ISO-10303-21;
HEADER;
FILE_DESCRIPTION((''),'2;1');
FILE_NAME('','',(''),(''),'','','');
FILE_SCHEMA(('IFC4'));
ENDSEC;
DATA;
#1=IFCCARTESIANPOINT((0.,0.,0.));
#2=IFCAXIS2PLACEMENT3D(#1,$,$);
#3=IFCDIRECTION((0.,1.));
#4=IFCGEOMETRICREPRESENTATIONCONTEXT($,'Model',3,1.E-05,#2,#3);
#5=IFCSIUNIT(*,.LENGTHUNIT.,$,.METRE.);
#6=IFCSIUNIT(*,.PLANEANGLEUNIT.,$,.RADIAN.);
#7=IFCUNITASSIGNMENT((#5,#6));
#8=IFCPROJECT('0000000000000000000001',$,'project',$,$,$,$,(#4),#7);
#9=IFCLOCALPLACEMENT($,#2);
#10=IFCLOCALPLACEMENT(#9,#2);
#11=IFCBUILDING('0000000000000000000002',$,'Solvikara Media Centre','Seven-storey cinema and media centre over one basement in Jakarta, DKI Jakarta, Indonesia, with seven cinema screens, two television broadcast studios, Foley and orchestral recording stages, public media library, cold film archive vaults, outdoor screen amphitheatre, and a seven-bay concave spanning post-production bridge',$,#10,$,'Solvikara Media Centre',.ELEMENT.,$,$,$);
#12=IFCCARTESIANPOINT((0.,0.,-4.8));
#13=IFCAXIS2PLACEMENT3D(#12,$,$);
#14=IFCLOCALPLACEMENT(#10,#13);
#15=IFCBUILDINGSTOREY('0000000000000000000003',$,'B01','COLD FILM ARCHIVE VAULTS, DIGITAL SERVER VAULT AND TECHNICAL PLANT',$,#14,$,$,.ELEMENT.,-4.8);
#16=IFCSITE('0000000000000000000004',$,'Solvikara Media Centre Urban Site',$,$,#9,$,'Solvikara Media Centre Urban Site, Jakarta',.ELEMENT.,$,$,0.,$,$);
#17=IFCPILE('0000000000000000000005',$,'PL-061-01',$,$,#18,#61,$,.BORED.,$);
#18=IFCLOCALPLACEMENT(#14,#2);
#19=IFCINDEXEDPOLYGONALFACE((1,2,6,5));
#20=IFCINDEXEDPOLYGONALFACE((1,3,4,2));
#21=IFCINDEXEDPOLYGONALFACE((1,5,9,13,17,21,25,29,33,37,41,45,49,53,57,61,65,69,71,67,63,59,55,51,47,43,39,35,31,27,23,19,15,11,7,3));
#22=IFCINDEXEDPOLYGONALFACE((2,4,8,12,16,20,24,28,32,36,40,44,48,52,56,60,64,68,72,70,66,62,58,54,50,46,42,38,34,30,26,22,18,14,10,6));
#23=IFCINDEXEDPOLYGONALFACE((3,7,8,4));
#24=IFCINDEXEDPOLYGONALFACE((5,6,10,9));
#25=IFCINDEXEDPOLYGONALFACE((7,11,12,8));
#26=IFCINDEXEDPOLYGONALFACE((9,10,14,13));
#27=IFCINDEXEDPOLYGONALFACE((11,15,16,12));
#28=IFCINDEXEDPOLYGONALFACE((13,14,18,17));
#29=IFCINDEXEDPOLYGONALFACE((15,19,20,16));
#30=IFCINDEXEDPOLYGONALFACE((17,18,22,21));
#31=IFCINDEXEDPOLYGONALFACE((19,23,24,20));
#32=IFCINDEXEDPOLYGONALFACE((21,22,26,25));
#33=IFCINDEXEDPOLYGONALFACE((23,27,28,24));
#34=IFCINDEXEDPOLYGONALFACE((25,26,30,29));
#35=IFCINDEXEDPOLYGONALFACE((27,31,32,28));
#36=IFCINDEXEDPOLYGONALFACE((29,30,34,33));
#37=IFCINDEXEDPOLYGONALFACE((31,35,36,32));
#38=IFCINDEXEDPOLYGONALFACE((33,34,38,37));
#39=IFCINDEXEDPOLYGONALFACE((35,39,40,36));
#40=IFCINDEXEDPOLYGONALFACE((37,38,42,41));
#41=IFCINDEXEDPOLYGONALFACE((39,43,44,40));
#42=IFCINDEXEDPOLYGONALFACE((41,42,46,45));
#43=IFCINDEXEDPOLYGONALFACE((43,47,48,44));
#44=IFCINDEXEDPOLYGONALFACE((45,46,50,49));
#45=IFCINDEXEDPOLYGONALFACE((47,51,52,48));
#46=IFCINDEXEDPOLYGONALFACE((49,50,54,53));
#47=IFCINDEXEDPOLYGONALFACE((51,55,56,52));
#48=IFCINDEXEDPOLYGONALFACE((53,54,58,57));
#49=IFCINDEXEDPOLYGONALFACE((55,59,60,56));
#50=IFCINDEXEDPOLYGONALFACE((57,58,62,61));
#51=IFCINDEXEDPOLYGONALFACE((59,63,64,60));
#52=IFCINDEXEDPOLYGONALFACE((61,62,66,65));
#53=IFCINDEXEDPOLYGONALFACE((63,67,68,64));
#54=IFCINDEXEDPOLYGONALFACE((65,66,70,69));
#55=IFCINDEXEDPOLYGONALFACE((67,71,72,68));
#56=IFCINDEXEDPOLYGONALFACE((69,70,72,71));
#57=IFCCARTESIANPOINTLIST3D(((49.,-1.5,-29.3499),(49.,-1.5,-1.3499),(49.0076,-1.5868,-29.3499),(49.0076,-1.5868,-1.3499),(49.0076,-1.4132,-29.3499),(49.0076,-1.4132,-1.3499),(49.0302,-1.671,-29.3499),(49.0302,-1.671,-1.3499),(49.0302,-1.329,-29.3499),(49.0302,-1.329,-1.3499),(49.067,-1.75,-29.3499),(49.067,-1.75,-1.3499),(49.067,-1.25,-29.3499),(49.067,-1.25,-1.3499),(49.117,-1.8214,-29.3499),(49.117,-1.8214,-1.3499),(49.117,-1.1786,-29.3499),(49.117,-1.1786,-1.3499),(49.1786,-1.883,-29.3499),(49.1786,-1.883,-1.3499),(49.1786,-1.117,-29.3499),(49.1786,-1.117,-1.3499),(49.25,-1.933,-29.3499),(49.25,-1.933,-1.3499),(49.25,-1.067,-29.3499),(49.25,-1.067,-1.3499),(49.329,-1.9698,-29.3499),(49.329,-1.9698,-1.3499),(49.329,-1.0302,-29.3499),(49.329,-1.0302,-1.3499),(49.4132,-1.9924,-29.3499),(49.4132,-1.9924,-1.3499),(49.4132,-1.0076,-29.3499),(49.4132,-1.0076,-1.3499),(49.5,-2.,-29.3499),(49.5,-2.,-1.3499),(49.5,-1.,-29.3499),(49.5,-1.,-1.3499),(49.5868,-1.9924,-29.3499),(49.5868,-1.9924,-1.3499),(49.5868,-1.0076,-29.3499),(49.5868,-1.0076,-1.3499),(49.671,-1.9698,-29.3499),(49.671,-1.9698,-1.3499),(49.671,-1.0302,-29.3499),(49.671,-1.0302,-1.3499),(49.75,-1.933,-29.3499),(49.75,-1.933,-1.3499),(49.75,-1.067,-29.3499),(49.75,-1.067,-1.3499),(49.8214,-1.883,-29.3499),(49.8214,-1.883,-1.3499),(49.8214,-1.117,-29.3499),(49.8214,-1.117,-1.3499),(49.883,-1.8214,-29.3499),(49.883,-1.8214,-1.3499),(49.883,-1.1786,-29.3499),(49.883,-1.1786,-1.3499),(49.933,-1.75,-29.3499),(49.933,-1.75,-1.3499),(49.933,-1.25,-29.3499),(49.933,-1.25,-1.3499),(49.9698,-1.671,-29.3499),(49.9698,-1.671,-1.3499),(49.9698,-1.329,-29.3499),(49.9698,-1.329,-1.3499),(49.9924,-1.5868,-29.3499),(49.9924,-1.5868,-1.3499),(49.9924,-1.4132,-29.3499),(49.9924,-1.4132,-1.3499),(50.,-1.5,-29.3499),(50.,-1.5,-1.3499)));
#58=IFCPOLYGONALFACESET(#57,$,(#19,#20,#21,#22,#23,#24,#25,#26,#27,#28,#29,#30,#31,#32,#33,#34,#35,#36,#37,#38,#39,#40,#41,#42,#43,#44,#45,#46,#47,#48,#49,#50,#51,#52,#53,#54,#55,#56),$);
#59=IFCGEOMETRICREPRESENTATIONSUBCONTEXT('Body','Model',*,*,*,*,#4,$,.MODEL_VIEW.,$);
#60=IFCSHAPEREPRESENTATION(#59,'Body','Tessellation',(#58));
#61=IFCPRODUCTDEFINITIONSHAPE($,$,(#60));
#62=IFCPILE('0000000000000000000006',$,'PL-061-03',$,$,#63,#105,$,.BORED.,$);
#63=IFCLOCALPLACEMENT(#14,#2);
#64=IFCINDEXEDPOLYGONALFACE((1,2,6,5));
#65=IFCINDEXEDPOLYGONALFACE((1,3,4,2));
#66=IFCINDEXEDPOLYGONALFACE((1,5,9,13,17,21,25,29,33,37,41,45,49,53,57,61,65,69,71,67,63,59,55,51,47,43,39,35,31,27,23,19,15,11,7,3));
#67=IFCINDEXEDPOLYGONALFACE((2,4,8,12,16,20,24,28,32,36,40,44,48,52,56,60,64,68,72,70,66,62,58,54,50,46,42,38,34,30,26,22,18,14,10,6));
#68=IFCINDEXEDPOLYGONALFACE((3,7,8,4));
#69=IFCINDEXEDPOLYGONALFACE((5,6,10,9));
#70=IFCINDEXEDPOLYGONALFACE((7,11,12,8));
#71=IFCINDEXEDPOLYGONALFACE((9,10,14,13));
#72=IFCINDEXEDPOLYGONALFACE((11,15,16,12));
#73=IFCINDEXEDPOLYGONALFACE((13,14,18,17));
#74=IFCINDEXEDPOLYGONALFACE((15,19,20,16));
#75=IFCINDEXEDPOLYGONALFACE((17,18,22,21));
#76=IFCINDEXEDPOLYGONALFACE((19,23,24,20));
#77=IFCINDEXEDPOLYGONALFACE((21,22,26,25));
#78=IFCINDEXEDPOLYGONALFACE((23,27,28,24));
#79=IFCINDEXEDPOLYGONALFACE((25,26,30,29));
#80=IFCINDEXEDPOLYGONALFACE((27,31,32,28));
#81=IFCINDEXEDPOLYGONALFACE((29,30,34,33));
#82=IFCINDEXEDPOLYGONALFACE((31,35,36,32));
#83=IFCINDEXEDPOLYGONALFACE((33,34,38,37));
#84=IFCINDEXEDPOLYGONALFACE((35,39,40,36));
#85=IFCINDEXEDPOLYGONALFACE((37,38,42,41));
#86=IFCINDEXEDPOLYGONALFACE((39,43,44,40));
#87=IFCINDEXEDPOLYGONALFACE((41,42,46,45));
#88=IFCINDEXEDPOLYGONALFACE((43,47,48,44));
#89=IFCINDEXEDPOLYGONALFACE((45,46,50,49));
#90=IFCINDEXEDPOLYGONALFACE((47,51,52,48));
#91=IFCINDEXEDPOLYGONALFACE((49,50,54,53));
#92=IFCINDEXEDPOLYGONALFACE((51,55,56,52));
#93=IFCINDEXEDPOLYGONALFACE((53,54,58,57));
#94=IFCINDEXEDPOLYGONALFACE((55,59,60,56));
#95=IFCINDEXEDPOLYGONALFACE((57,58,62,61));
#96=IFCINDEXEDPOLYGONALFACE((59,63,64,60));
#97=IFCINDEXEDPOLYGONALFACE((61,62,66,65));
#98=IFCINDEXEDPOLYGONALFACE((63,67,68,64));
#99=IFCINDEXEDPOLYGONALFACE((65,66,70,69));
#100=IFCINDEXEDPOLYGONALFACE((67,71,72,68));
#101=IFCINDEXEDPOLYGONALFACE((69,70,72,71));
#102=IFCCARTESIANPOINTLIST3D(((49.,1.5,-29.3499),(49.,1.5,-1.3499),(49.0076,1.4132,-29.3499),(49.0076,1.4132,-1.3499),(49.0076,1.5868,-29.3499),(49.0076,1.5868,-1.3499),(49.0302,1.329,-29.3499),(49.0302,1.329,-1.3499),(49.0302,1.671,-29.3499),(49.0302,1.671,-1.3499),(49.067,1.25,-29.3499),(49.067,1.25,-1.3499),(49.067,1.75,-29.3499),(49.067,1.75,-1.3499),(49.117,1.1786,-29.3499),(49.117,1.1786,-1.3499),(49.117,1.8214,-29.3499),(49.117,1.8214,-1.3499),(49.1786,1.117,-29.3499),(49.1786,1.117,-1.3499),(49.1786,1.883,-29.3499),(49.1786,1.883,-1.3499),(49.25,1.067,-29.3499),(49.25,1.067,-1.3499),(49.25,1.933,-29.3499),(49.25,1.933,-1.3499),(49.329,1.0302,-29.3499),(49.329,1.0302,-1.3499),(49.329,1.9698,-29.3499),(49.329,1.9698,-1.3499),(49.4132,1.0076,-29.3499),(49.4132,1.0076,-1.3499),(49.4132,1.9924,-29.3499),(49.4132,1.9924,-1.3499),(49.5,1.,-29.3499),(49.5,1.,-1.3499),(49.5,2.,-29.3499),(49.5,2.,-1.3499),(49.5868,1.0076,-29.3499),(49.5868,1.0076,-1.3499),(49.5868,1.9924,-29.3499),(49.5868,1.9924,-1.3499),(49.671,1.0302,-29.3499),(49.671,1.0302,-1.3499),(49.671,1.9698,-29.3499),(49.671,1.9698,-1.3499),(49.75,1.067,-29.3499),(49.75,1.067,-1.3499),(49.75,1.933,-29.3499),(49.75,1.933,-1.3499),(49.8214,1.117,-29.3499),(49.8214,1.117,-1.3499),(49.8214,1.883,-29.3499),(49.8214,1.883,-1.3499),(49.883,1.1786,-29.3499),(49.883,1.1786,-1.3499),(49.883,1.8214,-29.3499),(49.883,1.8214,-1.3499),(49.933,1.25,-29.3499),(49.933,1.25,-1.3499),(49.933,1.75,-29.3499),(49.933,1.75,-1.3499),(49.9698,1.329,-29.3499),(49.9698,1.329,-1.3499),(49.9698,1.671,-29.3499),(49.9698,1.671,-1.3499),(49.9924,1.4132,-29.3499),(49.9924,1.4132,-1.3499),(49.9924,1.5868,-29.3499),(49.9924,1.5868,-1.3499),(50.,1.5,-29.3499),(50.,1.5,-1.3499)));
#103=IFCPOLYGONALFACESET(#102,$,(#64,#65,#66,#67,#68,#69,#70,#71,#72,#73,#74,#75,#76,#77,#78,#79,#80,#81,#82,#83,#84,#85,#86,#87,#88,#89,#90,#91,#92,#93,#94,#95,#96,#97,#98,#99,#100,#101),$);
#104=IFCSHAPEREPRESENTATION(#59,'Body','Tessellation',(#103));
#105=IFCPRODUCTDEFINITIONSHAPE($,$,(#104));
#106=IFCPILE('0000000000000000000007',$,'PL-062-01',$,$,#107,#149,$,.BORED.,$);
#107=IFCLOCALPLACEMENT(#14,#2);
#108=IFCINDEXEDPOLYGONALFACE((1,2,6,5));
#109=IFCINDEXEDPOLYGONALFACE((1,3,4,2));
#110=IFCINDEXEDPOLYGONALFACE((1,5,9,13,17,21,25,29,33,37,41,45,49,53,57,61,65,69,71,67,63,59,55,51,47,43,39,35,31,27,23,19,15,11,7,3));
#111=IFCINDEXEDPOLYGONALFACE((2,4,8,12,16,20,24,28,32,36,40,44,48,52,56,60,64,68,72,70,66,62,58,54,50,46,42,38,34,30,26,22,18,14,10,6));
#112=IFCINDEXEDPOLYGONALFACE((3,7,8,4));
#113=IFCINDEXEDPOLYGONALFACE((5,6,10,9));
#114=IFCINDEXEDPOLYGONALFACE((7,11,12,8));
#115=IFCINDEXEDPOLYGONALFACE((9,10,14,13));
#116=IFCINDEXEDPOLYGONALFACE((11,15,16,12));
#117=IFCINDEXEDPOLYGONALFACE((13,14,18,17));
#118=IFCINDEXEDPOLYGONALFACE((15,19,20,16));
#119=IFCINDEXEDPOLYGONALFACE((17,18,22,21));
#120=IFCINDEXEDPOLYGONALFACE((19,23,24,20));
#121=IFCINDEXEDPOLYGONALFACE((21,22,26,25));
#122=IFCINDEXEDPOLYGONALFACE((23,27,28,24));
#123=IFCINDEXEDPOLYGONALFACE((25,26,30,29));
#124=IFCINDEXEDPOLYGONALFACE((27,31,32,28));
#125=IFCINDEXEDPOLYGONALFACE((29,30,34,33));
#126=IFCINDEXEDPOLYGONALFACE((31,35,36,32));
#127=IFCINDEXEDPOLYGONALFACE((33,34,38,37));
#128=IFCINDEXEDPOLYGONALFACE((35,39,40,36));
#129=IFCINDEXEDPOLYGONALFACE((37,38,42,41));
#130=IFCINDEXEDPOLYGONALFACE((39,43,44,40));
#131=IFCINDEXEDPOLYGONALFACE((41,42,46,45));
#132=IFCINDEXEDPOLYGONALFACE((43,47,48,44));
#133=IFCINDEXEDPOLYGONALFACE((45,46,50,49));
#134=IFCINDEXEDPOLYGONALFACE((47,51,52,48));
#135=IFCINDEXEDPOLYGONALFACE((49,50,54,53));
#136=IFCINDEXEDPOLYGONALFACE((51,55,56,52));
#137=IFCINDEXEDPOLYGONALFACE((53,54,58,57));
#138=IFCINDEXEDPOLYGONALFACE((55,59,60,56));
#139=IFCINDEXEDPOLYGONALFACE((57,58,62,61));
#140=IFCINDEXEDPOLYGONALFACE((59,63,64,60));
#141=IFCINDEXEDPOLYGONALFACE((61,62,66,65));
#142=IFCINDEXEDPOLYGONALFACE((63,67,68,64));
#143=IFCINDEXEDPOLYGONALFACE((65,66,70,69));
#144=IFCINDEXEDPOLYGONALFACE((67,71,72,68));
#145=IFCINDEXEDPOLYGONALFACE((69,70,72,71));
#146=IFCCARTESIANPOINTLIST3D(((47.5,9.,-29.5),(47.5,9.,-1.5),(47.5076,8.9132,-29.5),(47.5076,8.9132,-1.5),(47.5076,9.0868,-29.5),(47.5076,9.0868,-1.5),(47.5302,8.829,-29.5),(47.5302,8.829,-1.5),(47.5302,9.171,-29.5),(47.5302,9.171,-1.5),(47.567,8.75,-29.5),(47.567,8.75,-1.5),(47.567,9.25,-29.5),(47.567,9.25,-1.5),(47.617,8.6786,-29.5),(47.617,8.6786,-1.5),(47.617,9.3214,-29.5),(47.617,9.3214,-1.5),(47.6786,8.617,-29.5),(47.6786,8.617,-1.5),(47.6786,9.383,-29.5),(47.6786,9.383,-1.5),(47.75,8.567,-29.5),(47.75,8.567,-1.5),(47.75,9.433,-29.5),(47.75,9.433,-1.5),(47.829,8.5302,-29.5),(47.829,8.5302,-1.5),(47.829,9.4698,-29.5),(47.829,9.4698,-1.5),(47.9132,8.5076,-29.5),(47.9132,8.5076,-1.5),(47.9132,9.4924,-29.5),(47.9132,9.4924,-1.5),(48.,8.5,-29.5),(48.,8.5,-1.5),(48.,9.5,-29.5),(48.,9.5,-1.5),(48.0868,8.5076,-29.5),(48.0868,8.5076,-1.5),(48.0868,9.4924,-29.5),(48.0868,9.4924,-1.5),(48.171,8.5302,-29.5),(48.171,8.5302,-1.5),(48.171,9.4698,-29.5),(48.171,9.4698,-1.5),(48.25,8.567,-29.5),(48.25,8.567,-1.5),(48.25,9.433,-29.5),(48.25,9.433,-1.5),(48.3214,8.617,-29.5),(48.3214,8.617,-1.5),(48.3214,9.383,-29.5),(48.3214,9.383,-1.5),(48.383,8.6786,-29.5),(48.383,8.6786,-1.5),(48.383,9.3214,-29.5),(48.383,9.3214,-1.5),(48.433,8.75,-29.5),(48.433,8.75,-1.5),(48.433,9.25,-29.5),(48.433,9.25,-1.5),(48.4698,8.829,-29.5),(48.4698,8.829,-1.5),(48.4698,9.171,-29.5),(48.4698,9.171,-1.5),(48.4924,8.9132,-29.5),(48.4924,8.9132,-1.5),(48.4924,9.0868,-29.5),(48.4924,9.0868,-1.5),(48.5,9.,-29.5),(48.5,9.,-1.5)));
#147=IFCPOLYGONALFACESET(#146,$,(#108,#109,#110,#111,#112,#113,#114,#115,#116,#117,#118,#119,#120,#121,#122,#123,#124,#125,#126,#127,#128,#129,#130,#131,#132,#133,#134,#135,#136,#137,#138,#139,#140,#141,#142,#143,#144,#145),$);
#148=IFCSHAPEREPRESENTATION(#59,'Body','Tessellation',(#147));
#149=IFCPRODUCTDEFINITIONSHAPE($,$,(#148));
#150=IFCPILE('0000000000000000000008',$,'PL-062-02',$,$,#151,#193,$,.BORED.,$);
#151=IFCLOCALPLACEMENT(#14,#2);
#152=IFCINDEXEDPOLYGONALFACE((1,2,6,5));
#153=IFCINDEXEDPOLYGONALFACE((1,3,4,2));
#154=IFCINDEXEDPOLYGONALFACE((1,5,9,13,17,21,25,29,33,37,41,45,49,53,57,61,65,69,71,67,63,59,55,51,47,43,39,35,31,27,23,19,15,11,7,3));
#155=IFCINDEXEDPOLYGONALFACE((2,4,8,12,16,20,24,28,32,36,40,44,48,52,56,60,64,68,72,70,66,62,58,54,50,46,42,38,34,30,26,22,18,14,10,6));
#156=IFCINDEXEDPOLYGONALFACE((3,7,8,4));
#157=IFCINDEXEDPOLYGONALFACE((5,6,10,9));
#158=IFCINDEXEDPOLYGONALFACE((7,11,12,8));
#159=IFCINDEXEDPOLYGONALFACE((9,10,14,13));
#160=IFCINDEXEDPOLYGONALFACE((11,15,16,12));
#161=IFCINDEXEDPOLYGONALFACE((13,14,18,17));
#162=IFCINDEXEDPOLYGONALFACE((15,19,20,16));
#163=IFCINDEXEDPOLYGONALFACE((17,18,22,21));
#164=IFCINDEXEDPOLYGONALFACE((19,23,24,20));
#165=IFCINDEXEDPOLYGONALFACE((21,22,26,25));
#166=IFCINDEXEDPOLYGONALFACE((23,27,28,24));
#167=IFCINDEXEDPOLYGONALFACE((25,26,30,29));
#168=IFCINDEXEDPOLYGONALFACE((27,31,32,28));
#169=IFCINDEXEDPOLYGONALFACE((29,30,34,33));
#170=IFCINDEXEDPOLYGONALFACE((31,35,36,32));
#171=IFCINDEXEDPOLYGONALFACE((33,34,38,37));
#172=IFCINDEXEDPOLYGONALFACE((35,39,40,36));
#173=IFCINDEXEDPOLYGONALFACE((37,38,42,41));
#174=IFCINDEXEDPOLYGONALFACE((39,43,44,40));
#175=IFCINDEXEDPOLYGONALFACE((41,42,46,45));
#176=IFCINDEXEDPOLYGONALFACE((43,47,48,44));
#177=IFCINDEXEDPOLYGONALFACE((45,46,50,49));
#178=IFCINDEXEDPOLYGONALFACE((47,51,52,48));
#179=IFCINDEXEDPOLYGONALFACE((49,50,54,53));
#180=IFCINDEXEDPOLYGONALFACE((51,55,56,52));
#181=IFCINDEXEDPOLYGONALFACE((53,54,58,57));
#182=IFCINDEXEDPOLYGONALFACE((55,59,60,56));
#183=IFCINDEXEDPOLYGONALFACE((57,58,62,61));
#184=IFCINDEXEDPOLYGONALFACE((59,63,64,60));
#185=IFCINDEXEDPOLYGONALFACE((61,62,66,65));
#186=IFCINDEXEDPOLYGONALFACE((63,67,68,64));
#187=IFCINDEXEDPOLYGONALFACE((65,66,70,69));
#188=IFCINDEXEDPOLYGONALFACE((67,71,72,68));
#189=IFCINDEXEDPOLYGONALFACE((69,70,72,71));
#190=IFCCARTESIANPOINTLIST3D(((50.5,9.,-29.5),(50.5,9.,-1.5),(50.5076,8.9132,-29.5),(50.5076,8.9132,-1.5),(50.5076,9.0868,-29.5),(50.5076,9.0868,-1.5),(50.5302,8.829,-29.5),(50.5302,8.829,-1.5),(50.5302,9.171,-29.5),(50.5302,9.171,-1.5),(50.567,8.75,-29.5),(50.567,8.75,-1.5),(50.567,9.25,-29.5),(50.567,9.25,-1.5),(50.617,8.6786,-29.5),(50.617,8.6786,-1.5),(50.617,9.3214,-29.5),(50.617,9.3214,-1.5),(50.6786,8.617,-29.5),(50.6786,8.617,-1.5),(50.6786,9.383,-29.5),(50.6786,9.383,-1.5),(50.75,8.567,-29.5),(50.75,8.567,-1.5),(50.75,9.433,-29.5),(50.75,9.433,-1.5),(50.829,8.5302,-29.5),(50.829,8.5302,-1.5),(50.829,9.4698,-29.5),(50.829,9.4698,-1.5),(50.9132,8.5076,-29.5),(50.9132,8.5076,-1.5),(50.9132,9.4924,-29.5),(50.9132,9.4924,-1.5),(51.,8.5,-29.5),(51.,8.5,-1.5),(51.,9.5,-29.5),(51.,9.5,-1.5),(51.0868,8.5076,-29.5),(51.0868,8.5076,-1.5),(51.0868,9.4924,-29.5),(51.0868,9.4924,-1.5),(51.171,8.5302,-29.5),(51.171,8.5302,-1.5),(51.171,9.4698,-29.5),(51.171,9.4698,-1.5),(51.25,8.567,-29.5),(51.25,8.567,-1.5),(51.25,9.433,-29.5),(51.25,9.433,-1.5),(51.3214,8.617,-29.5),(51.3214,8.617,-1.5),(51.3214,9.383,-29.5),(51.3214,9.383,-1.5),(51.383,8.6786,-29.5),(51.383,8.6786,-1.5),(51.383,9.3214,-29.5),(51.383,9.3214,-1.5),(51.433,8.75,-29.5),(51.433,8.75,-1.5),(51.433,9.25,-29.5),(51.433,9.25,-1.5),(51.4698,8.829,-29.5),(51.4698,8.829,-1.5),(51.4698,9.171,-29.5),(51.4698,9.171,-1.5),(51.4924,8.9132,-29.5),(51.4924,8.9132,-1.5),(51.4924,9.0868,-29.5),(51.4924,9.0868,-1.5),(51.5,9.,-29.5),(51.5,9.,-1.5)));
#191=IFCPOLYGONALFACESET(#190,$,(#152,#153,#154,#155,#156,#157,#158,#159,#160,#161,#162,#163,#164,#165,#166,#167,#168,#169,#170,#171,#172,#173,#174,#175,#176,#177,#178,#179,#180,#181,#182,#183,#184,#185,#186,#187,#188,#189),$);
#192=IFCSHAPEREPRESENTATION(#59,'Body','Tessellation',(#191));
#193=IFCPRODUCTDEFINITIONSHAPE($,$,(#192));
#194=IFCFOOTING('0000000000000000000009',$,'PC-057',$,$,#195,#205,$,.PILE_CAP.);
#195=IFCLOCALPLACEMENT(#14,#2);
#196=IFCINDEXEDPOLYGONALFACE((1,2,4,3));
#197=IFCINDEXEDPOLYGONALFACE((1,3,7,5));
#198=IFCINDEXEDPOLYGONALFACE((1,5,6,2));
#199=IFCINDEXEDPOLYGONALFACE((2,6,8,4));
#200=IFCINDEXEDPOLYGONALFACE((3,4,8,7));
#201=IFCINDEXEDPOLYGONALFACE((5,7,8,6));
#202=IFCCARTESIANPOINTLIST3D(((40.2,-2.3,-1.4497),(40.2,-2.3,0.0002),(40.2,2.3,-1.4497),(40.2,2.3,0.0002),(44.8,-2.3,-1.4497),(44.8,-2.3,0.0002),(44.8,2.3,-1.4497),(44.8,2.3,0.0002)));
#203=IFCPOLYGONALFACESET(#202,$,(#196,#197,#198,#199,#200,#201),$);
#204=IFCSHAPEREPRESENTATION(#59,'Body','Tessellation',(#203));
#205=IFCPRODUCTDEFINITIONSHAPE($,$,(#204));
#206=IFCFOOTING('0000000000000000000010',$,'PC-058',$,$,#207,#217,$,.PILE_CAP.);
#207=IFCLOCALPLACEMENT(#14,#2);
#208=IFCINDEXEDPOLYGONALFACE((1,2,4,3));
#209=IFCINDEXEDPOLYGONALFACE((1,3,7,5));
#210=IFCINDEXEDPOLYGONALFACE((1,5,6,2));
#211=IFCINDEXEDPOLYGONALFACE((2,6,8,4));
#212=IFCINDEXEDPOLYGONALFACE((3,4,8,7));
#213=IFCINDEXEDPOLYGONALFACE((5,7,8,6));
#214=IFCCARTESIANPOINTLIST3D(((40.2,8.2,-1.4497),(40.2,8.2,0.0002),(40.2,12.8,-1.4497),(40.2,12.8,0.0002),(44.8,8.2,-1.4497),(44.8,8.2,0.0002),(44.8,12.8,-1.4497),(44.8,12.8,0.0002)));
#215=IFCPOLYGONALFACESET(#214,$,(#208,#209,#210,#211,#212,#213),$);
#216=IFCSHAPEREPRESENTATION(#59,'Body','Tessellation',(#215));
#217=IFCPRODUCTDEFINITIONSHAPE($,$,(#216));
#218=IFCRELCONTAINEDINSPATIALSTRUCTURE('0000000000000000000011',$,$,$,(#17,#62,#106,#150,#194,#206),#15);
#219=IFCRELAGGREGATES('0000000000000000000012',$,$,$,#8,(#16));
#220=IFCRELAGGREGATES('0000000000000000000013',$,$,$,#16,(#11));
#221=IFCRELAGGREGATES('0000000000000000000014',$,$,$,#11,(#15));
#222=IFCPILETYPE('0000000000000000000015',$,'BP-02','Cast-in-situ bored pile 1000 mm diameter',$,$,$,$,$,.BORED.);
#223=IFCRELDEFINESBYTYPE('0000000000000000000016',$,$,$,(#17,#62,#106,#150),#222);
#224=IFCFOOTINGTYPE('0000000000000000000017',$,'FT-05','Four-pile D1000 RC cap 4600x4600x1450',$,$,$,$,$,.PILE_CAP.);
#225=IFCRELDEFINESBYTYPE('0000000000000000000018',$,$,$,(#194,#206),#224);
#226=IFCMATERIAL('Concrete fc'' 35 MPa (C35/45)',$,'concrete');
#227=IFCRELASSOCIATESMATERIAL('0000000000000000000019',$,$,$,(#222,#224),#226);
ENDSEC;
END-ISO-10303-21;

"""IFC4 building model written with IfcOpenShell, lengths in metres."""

from ifc_helpers import new_model, si_unit, direction, frame, origin, origin_2d, place, context, subcontext, project, spatial, rectangle, circle, extrude, material, material_profile, profile_set, type_object, element, save


model = new_model("IFC4")

# Units and contexts
model_context = context("Model", 3, precision=1e-05, world=origin(), true_north=direction((0.0, 1.0)))
body_context = subcontext(model_context, "Body", "Model", "MODEL_VIEW")
ifc_project = project(units=[si_unit("LENGTHUNIT", "METRE"), si_unit("PLANEANGLEUNIT", "RADIAN")], contexts=[model_context])

# Site, building, storey
site_placement = place(None, origin())
site = spatial("IfcSite", under=ifc_project, at=site_placement, Name="Solvikara Media Centre Urban Site", LongName="Solvikara Media Centre Urban Site, Jakarta", CompositionType="ELEMENT", RefElevation=0.0)
building_placement = place(site_placement, origin())
building = spatial("IfcBuilding", under=site, at=building_placement, Name="Solvikara Media Centre", Description="Seven-storey cinema and media centre over one basement in Jakarta, DKI Jakarta, Indonesia, with seven cinema screens, two television broadcast studios, Foley and orchestral recording stages, public media library, cold film archive vaults, outdoor screen amphitheatre, and a seven-bay concave spanning post-production bridge", LongName="Solvikara Media Centre", CompositionType="ELEMENT")
storey_placement = place(building_placement, frame((0.0, 0.0, -4.8)))
storey = spatial("IfcBuildingStorey", under=building, at=storey_placement, Name="B01", Description="COLD FILM ARCHIVE VAULTS, DIGITAL SERVER VAULT AND TECHNICAL PLANT", CompositionType="ELEMENT", Elevation=-4.8)

# Piles
ifc_material_1 = material(Name="Concrete fc' 35 MPa (C35/45)", Category="concrete")
ifc_material_profile_1 = material_profile(ifc_material_1, circle(Radius=0.5, at=origin_2d()), Name="BORED PILE D1000")
ifc_profile_set_1 = profile_set([ifc_material_profile_1], Name="Concrete fc' 35 MPa (C35/45)")
pile_type = type_object("IfcPileType", Name="BP-02", Description="Cast-in-situ bored pile 1000 mm diameter", PredefinedType="BORED", material=ifc_profile_set_1)
for number, where, z_axis, x_axis, name in (
    (1, (49.5, -1.5, -1.3499), (0.0, 0.0, -1.0), (1.0, 0.0, 0.0), "PL-061-01"),
    (2, (49.5, 1.5, -1.3499), (0.0, 0.0, -1.0), (1.0, 0.0, 0.0), "PL-061-03"),
    (3, (48.0, 9.0, -1.5), (0.0, 0.0, -1.0), (1.0, 0.0, 0.0), "PL-062-01"),
    (4, (51.0, 9.0, -1.5), (0.0, 0.0, -1.0), (1.0, 0.0, 0.0), "PL-062-02"),
):
    element("IfcPile", number, at=place(storey_placement, frame(where, z_axis=z_axis, x_axis=x_axis)), inside=storey, type_object=pile_type, Name=name, PredefinedType="BORED", context=body_context, shape_type="SweptSolid", body=[
        extrude(circle(Radius=0.5, at=origin_2d()), origin(), (0.0, 0.0, 1.0), 28.0),
    ])

# Footings
footing_type_1 = type_object("IfcFootingType", Name="FT-05", Description="Four-pile D1000 RC cap 4600x4600x1450", PredefinedType="PILE_CAP", material=ifc_material_1)
for number, where, z_axis, x_axis, name in (
    (5, (42.5, 0.0, -1.4497), (0.0, 0.0, 1.0), (1.0, 0.0, 0.0), "PC-057"),
    (6, (42.5, 10.5, -1.4497), (0.0, 0.0, 1.0), (1.0, 0.0, 0.0), "PC-058"),
):
    element("IfcFooting", number, at=place(storey_placement, frame(where, z_axis=z_axis, x_axis=x_axis)), inside=storey, type_object=footing_type_1, Name=name, PredefinedType="PILE_CAP", context=body_context, shape_type="SweptSolid", body=[
        extrude(rectangle(XDim=4.6001, YDim=4.6001, at=origin_2d()), origin(), (0.0, 0.0, 1.0), 1.45),
    ])

save(model, "model.ifc")
